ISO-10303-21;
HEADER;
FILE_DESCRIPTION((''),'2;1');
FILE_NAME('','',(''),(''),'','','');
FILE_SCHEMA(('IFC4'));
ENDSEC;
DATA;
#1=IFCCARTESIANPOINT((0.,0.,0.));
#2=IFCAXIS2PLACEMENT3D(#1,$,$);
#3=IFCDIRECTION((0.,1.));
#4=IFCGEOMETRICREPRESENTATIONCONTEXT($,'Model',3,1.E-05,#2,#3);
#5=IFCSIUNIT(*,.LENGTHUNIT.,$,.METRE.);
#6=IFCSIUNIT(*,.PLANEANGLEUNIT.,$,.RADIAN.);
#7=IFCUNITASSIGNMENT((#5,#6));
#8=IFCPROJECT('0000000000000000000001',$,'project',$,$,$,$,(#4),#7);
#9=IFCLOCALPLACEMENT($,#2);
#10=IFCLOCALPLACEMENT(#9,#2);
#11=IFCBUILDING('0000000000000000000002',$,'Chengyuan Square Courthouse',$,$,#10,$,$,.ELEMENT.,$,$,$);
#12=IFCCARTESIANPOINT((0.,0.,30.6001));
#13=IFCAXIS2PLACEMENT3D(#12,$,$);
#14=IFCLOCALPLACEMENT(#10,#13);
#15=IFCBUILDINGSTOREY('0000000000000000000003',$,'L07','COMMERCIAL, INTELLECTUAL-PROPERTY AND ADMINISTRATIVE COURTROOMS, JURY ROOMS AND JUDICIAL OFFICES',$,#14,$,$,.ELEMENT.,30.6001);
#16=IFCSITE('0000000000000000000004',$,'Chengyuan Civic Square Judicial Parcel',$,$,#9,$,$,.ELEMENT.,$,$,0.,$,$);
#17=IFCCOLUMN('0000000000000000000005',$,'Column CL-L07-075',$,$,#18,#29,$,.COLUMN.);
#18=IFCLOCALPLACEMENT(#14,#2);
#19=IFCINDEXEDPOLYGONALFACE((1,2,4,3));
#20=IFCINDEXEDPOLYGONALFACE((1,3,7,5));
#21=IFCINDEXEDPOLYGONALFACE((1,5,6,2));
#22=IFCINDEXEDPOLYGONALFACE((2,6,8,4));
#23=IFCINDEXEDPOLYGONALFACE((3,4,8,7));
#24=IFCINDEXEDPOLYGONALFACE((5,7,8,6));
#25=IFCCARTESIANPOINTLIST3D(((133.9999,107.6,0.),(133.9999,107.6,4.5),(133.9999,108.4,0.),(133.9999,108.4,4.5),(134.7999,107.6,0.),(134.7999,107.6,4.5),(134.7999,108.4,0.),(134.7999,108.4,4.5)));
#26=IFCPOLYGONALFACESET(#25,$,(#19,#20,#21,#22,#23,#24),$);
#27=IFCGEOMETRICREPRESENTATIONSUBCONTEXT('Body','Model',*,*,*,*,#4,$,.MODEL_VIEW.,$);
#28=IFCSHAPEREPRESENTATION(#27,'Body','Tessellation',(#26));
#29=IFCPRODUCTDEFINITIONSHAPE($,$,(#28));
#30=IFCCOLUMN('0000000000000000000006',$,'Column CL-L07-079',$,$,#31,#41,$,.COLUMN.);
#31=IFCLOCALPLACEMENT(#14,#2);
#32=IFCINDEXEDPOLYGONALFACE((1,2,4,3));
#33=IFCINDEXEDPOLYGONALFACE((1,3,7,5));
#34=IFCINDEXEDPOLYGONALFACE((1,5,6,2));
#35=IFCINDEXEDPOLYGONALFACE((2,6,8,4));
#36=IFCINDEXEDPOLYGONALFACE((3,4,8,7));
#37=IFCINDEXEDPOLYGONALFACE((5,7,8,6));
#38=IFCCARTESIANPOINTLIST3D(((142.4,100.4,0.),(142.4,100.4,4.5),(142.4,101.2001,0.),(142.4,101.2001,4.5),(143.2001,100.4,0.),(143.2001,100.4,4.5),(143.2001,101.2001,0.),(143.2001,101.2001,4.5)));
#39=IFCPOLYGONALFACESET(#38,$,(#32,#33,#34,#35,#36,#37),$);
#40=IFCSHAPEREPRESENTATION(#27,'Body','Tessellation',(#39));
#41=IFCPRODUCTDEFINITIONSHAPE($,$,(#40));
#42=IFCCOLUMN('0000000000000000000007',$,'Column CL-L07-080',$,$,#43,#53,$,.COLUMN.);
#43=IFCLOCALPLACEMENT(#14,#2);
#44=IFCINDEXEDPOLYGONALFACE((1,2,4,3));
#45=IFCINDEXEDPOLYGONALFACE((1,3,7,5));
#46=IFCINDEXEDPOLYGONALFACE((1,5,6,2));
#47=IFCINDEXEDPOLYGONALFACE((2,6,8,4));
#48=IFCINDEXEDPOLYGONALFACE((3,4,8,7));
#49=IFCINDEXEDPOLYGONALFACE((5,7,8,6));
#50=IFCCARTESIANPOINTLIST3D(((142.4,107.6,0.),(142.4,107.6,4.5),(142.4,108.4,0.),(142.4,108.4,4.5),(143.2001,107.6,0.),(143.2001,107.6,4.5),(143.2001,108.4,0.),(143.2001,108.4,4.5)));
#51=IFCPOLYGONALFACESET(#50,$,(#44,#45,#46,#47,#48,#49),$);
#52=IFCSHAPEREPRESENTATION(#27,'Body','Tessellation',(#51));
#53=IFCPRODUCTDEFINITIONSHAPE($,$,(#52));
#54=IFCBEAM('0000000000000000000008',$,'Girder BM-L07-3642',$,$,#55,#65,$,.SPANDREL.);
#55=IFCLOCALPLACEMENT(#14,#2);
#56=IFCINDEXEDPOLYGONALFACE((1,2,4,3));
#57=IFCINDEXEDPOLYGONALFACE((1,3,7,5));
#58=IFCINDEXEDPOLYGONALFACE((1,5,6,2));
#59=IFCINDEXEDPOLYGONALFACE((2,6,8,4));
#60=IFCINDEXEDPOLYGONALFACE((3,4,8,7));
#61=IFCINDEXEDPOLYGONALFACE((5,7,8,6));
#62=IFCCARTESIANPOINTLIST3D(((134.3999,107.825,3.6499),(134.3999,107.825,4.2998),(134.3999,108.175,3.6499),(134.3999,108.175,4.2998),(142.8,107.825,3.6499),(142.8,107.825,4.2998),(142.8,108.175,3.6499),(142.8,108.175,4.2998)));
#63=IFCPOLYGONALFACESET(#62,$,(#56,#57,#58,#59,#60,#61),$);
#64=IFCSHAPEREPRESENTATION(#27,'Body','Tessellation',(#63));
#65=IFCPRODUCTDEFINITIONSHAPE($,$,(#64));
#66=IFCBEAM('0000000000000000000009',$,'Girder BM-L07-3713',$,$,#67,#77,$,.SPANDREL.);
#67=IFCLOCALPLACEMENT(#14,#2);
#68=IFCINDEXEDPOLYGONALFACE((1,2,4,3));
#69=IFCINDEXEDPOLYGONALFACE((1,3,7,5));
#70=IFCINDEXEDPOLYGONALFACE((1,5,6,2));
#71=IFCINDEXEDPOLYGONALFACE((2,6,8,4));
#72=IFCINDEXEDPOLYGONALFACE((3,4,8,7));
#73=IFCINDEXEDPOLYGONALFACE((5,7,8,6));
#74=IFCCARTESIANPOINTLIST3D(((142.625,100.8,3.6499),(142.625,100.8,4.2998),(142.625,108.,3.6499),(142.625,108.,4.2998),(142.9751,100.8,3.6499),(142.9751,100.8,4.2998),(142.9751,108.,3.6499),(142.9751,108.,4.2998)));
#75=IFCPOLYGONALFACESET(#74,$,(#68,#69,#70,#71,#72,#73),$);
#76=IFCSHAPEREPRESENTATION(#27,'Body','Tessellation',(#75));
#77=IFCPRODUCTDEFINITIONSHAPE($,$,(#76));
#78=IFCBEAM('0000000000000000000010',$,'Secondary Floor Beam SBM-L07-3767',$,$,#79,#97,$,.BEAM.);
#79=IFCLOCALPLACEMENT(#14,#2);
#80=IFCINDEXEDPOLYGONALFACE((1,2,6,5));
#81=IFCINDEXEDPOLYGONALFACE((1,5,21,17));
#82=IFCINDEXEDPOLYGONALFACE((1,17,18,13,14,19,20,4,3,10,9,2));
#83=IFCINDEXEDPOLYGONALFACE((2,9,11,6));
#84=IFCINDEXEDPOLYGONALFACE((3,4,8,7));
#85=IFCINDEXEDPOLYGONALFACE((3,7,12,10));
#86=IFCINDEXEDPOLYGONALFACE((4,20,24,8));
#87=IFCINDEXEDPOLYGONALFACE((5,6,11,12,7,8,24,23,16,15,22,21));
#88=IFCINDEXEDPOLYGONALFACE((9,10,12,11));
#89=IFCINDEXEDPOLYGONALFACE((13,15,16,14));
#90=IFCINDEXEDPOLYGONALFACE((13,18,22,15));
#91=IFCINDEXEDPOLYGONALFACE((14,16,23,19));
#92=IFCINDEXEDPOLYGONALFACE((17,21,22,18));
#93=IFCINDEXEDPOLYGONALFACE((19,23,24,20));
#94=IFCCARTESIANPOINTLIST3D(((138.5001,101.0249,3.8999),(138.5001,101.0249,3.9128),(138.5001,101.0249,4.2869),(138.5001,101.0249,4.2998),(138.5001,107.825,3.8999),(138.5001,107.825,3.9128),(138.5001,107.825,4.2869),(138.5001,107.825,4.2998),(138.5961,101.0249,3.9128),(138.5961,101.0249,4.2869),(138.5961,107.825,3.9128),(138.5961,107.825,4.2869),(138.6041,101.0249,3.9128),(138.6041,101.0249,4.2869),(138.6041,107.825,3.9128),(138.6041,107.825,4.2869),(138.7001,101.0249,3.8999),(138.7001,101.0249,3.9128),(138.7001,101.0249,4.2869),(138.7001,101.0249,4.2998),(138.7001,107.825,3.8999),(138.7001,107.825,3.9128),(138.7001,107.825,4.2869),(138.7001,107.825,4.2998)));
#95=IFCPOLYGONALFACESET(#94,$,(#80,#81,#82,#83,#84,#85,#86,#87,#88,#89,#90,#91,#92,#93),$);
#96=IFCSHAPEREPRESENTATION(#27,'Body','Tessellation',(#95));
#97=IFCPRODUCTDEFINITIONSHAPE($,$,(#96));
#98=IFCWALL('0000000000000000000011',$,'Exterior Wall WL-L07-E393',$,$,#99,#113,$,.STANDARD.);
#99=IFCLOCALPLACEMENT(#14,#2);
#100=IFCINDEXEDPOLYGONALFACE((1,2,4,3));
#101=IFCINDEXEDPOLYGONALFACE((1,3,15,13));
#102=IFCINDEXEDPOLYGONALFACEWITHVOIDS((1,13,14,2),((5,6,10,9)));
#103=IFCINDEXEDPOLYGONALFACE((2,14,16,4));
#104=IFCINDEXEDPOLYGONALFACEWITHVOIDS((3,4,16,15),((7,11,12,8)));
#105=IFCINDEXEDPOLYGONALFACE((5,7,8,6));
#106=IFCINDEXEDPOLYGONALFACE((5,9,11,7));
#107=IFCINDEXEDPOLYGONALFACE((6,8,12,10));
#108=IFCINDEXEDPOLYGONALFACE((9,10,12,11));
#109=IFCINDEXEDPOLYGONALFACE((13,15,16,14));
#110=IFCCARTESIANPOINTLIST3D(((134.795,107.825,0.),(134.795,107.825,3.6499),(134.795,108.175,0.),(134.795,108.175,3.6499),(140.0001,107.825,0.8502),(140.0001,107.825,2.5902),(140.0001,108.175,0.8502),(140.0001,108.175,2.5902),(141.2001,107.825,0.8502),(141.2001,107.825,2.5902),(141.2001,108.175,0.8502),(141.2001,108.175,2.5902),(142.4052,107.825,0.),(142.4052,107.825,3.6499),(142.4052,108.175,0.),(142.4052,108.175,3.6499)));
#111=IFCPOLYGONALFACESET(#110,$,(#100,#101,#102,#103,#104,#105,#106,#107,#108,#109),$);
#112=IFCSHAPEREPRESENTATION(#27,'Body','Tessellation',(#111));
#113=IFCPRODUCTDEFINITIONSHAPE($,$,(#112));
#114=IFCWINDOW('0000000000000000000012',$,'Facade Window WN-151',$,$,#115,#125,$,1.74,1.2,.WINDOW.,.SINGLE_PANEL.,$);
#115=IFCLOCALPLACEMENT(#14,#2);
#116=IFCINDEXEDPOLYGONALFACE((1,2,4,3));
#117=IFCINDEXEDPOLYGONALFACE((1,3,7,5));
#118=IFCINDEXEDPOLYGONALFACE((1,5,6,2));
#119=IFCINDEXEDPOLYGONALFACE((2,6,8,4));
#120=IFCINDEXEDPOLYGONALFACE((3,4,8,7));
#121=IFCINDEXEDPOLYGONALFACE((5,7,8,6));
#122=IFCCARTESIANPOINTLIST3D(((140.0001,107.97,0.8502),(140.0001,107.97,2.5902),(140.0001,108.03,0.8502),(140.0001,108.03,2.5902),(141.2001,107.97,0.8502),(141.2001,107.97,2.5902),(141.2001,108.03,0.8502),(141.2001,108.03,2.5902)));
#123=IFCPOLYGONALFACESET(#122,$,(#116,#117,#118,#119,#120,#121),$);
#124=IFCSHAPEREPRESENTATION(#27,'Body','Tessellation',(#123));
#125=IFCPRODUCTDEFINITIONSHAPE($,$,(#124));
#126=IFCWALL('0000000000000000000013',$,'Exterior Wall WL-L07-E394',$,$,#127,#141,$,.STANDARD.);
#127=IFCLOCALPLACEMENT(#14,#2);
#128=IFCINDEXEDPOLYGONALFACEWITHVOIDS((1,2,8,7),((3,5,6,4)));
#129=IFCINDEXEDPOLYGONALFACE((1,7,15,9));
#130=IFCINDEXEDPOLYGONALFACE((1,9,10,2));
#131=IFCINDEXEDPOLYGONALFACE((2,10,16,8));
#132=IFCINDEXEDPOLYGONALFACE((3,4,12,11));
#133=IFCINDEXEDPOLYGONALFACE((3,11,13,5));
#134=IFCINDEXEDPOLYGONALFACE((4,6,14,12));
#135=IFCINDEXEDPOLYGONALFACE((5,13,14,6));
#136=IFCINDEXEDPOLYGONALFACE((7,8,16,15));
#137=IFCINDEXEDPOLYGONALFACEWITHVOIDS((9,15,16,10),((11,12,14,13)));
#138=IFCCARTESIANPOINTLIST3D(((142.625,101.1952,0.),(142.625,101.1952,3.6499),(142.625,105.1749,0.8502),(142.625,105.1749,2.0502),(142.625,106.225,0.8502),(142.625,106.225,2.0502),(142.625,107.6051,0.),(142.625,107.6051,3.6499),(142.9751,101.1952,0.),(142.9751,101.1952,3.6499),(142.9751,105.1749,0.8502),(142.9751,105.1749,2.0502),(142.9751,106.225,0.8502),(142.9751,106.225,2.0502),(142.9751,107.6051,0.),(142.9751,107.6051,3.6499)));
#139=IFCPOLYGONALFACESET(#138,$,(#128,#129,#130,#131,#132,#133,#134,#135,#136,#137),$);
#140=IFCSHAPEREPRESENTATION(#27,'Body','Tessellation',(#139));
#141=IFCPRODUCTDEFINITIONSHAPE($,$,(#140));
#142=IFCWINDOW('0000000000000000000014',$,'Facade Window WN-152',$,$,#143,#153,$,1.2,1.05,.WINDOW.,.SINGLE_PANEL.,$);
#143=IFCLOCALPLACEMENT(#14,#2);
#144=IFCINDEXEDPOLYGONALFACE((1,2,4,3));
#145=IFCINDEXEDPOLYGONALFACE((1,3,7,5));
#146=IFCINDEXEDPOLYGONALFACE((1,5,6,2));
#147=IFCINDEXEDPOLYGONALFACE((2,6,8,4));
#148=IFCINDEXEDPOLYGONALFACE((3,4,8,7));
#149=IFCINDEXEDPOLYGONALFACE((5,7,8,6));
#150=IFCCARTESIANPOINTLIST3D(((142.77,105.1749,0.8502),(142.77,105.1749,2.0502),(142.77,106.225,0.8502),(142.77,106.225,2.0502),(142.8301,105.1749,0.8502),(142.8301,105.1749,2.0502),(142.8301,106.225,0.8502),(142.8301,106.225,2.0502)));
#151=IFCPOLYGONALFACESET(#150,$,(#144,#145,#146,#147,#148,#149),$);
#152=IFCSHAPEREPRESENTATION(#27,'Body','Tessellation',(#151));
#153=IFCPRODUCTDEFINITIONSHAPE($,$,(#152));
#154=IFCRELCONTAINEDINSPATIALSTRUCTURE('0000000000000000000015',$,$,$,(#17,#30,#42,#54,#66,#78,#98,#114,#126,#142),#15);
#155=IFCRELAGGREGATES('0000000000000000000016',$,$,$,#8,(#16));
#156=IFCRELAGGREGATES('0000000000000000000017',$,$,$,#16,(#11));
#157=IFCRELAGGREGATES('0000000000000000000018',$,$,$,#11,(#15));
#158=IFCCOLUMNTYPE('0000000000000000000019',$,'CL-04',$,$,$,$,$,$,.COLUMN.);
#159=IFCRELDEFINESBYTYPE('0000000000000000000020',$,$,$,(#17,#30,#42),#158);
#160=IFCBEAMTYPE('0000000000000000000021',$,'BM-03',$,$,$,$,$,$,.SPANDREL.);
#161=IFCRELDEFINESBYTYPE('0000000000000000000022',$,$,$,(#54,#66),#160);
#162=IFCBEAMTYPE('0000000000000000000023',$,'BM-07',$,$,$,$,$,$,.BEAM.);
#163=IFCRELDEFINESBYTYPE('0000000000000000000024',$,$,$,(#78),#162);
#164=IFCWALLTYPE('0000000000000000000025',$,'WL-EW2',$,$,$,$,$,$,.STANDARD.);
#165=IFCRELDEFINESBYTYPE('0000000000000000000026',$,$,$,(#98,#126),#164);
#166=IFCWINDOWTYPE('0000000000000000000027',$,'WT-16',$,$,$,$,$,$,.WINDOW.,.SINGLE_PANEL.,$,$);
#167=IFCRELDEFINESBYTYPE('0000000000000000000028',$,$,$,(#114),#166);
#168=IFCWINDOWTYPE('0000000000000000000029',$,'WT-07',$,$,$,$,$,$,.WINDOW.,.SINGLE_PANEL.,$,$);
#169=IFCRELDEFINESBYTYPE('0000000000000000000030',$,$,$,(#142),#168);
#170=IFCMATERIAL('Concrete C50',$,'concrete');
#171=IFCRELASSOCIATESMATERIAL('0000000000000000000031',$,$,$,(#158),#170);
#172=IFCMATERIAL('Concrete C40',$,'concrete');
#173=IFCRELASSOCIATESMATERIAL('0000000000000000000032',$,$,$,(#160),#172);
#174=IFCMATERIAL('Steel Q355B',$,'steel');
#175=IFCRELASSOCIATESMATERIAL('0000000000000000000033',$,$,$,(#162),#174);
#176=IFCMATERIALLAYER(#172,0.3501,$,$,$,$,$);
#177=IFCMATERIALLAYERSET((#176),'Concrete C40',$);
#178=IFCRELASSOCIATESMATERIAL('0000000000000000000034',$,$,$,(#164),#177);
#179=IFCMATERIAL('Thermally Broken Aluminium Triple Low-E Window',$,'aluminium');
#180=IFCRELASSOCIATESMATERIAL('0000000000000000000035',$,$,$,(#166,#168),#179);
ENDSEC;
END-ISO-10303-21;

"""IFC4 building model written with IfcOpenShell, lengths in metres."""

from ifc_helpers import new_model, si_unit, direction, frame, frame_2d, origin, origin_2d, place, context, subcontext, project, spatial, rectangle, i_section, extrude, material, layer, layer_set, material_profile, profile_set, type_object, element, fill, save


model = new_model("IFC4")

# Units and contexts
model_context = context("Model", 3, precision=1e-05, world=origin(), true_north=direction((0.0, 1.0)))
body_context = subcontext(model_context, "Body", "Model", "MODEL_VIEW")
ifc_project = project(units=[si_unit("LENGTHUNIT", "METRE"), si_unit("PLANEANGLEUNIT", "RADIAN")], contexts=[model_context])

# Site, building, storey
site_placement = place(None, origin())
site = spatial("IfcSite", under=ifc_project, at=site_placement, Name="Chengyuan Civic Square Judicial Parcel", CompositionType="ELEMENT", RefElevation=0.0)
building_placement = place(site_placement, origin())
building = spatial("IfcBuilding", under=site, at=building_placement, Name="Chengyuan Square Courthouse", CompositionType="ELEMENT")
storey_placement = place(building_placement, frame((0.0, 0.0, 30.6001)))
storey = spatial("IfcBuildingStorey", under=building, at=storey_placement, Name="L07", Description="COMMERCIAL, INTELLECTUAL-PROPERTY AND ADMINISTRATIVE COURTROOMS, JURY ROOMS AND JUDICIAL OFFICES", CompositionType="ELEMENT", Elevation=30.6001)

# Columns
ifc_material_1 = material(Name="Concrete C50", Category="concrete")
ifc_material_profile_1 = material_profile(ifc_material_1, rectangle(XDim=0.8, YDim=0.8, at=origin_2d()), Name="RC-COL-800x800")
ifc_profile_set_1 = profile_set([ifc_material_profile_1], Name="Concrete C50")
column_type = type_object("IfcColumnType", Name="CL-04", PredefinedType="COLUMN", material=ifc_profile_set_1)
for number, where, z_axis, x_axis, name in (
    (1, (134.3999, 108.0, 0.0), (0.0, 0.0, 1.0), (1.0, 0.0, 0.0), "Column CL-L07-075"),
    (2, (142.8, 100.8, 0.0), (0.0, 0.0, 1.0), (1.0, 0.0, 0.0), "Column CL-L07-079"),
    (3, (142.8, 108.0, 0.0), (0.0, 0.0, 1.0), (1.0, 0.0, 0.0), "Column CL-L07-080"),
):
    element("IfcColumn", number, at=place(storey_placement, frame(where, z_axis=z_axis, x_axis=x_axis)), inside=storey, type_object=column_type, Name=name, PredefinedType="COLUMN", context=body_context, shape_type="SweptSolid", body=[
        extrude(rectangle(XDim=0.8, YDim=0.8, at=origin_2d()), origin(), (0.0, 0.0, 1.0), 4.5),
    ])

# Beams
ifc_material_2 = material(Name="Concrete C40", Category="concrete")
ifc_material_profile_2 = material_profile(ifc_material_2, rectangle(XDim=0.3501, YDim=0.6499, at=origin_2d()), Name="RC-BM-350x650")
ifc_profile_set_2 = profile_set([ifc_material_profile_2], Name="Concrete C40")
beam_type_1 = type_object("IfcBeamType", Name="BM-03", PredefinedType="SPANDREL", material=ifc_profile_set_2)
beam_1_placement = place(storey_placement, frame((134.3999, 108.0, 3.9749), z_axis=(1.0, 0.0, 0.0), x_axis=(0.0, 1.0, 0.0)))
element("IfcBeam", 4, at=beam_1_placement, inside=storey, type_object=beam_type_1, Name="Girder BM-L07-3642", PredefinedType="SPANDREL", context=body_context, shape_type="SweptSolid", body=[
    extrude(rectangle(XDim=0.3501, YDim=0.6499, at=origin_2d()), origin(), (0.0, 0.0, 1.0), 8.4001),
])
beam_2_placement = place(storey_placement, frame((142.8, 100.8, 3.9749), z_axis=(0.0, 1.0, 0.0), x_axis=(-1.0, 0.0, 0.0)))
element("IfcBeam", 5, at=beam_2_placement, inside=storey, type_object=beam_type_1, Name="Girder BM-L07-3713", PredefinedType="SPANDREL", context=body_context, shape_type="SweptSolid", body=[
    extrude(rectangle(XDim=0.3501, YDim=0.6499, at=origin_2d()), origin(), (0.0, 0.0, 1.0), 7.2),
])
ifc_material_3 = material(Name="Steel Q355B", Category="steel")
ifc_material_profile_3 = material_profile(ifc_material_3, i_section(OverallWidth=0.2, OverallDepth=0.3999, WebThickness=0.0081, FlangeThickness=0.0129, at=origin_2d()), Name="HN 400x200x8x13")
ifc_profile_set_3 = profile_set([ifc_material_profile_3], Name="Steel Q355B")
beam_type_2 = type_object("IfcBeamType", Name="BM-07", PredefinedType="BEAM", material=ifc_profile_set_3)
beam_3_placement = place(storey_placement, frame((138.6001, 101.0249, 4.0999), z_axis=(0.0, 1.0, 0.0), x_axis=(-1.0, 0.0, 0.0)))
element("IfcBeam", 6, at=beam_3_placement, inside=storey, type_object=beam_type_2, Name="Secondary Floor Beam SBM-L07-3767", PredefinedType="BEAM", context=body_context, shape_type="SweptSolid", body=[
    extrude(i_section(OverallWidth=0.2, OverallDepth=0.3999, WebThickness=0.0081, FlangeThickness=0.0129, at=origin_2d()), origin(), (0.0, 0.0, 1.0), 6.8),
])

# Walls, openings, windows
ifc_layer_1 = layer(ifc_material_2, 0.3501)
ifc_layer_set_1 = layer_set([ifc_layer_1], Name="Concrete C40")
wall_type_1 = type_object("IfcWallType", Name="WL-EW2", PredefinedType="STANDARD", material=ifc_layer_set_1)
wall_1_placement = place(storey_placement, frame((134.7949, 108.0, 0.0), z_axis=(0.0, 0.0, 1.0), x_axis=(1.0, 0.0, 0.0)))
wall_1 = element("IfcWall", 7, at=wall_1_placement, inside=storey, type_object=wall_type_1, Name="Exterior Wall WL-L07-E393", PredefinedType="STANDARD", context=body_context, shape_type="SweptSolid", body=[
    extrude(rectangle(XDim=7.6101, YDim=0.3501, at=frame_2d((3.8052, 0.0))), origin(), (0.0, 0.0, 1.0), 3.6499),
])
opening_1_placement = place(wall_1_placement, frame((5.2051, 0.0, 0.8501)))
opening_1 = element("IfcOpeningElement", 8, at=opening_1_placement, cuts=wall_1, PredefinedType="OPENING", context=body_context, shape_type="SweptSolid", body=[
    extrude(rectangle(XDim=1.2, YDim=1.74, at=frame_2d((0.6001, 0.8701))), frame((0.0, 0.187, 0.0), z_axis=(0.0, -1.0, 0.0), x_axis=(1.0, 0.0, 0.0)), (0.0, 0.0, 1.0), 0.374),
])
ifc_material_4 = material(Name="Thermally Broken Aluminium Triple Low-E Window", Category="aluminium")
window_type_1 = type_object("IfcWindowType", Name="WT-16", PartitioningType="SINGLE_PANEL", PredefinedType="WINDOW", material=ifc_material_4)
window_1_placement = place(opening_1_placement, origin())
window_1 = element("IfcWindow", 9, at=window_1_placement, inside=storey, type_object=window_type_1, Name="Facade Window WN-151", OverallHeight=1.74, OverallWidth=1.2, PartitioningType="SINGLE_PANEL", PredefinedType="WINDOW", context=body_context, shape_type="SweptSolid", body=[
    extrude(rectangle(XDim=1.2, YDim=1.74, at=frame_2d((0.6001, 0.8701))), frame((0.0, 0.03, 0.0), z_axis=(0.0, -1.0, 0.0), x_axis=(1.0, 0.0, 0.0)), (0.0, 0.0, 1.0), 0.0601),
])
fill(opening_1, window_1)
wall_2_placement = place(storey_placement, frame((142.8, 101.1951, 0.0), z_axis=(0.0, 0.0, 1.0), x_axis=(0.0, 1.0, 0.0)))
wall_2 = element("IfcWall", 10, at=wall_2_placement, inside=storey, type_object=wall_type_1, Name="Exterior Wall WL-L07-E394", PredefinedType="STANDARD", context=body_context, shape_type="SweptSolid", body=[
    extrude(rectangle(XDim=6.4099, YDim=0.3501, at=frame_2d((3.2051, 0.0))), origin(), (0.0, 0.0, 1.0), 3.6499),
])
opening_2_placement = place(wall_2_placement, frame((3.98, 0.0, 0.8501)))
opening_2 = element("IfcOpeningElement", 11, at=opening_2_placement, cuts=wall_2, PredefinedType="OPENING", context=body_context, shape_type="SweptSolid", body=[
    extrude(rectangle(XDim=1.05, YDim=1.2, at=frame_2d((0.5249, 0.6001))), frame((0.0, 0.187, 0.0), z_axis=(0.0, -1.0, 0.0), x_axis=(1.0, 0.0, 0.0)), (0.0, 0.0, 1.0), 0.374),
])
window_type_2 = type_object("IfcWindowType", Name="WT-07", PartitioningType="SINGLE_PANEL", PredefinedType="WINDOW", material=ifc_material_4)
window_2_placement = place(opening_2_placement, origin())
window_2 = element("IfcWindow", 12, at=window_2_placement, inside=storey, type_object=window_type_2, Name="Facade Window WN-152", OverallHeight=1.2, OverallWidth=1.05, PartitioningType="SINGLE_PANEL", PredefinedType="WINDOW", context=body_context, shape_type="SweptSolid", body=[
    extrude(rectangle(XDim=1.05, YDim=1.2, at=frame_2d((0.5249, 0.6001))), frame((0.0, 0.03, 0.0), z_axis=(0.0, -1.0, 0.0), x_axis=(1.0, 0.0, 0.0)), (0.0, 0.0, 1.0), 0.0601),
])
fill(opening_2, window_2)

save(model, "model.ifc")
